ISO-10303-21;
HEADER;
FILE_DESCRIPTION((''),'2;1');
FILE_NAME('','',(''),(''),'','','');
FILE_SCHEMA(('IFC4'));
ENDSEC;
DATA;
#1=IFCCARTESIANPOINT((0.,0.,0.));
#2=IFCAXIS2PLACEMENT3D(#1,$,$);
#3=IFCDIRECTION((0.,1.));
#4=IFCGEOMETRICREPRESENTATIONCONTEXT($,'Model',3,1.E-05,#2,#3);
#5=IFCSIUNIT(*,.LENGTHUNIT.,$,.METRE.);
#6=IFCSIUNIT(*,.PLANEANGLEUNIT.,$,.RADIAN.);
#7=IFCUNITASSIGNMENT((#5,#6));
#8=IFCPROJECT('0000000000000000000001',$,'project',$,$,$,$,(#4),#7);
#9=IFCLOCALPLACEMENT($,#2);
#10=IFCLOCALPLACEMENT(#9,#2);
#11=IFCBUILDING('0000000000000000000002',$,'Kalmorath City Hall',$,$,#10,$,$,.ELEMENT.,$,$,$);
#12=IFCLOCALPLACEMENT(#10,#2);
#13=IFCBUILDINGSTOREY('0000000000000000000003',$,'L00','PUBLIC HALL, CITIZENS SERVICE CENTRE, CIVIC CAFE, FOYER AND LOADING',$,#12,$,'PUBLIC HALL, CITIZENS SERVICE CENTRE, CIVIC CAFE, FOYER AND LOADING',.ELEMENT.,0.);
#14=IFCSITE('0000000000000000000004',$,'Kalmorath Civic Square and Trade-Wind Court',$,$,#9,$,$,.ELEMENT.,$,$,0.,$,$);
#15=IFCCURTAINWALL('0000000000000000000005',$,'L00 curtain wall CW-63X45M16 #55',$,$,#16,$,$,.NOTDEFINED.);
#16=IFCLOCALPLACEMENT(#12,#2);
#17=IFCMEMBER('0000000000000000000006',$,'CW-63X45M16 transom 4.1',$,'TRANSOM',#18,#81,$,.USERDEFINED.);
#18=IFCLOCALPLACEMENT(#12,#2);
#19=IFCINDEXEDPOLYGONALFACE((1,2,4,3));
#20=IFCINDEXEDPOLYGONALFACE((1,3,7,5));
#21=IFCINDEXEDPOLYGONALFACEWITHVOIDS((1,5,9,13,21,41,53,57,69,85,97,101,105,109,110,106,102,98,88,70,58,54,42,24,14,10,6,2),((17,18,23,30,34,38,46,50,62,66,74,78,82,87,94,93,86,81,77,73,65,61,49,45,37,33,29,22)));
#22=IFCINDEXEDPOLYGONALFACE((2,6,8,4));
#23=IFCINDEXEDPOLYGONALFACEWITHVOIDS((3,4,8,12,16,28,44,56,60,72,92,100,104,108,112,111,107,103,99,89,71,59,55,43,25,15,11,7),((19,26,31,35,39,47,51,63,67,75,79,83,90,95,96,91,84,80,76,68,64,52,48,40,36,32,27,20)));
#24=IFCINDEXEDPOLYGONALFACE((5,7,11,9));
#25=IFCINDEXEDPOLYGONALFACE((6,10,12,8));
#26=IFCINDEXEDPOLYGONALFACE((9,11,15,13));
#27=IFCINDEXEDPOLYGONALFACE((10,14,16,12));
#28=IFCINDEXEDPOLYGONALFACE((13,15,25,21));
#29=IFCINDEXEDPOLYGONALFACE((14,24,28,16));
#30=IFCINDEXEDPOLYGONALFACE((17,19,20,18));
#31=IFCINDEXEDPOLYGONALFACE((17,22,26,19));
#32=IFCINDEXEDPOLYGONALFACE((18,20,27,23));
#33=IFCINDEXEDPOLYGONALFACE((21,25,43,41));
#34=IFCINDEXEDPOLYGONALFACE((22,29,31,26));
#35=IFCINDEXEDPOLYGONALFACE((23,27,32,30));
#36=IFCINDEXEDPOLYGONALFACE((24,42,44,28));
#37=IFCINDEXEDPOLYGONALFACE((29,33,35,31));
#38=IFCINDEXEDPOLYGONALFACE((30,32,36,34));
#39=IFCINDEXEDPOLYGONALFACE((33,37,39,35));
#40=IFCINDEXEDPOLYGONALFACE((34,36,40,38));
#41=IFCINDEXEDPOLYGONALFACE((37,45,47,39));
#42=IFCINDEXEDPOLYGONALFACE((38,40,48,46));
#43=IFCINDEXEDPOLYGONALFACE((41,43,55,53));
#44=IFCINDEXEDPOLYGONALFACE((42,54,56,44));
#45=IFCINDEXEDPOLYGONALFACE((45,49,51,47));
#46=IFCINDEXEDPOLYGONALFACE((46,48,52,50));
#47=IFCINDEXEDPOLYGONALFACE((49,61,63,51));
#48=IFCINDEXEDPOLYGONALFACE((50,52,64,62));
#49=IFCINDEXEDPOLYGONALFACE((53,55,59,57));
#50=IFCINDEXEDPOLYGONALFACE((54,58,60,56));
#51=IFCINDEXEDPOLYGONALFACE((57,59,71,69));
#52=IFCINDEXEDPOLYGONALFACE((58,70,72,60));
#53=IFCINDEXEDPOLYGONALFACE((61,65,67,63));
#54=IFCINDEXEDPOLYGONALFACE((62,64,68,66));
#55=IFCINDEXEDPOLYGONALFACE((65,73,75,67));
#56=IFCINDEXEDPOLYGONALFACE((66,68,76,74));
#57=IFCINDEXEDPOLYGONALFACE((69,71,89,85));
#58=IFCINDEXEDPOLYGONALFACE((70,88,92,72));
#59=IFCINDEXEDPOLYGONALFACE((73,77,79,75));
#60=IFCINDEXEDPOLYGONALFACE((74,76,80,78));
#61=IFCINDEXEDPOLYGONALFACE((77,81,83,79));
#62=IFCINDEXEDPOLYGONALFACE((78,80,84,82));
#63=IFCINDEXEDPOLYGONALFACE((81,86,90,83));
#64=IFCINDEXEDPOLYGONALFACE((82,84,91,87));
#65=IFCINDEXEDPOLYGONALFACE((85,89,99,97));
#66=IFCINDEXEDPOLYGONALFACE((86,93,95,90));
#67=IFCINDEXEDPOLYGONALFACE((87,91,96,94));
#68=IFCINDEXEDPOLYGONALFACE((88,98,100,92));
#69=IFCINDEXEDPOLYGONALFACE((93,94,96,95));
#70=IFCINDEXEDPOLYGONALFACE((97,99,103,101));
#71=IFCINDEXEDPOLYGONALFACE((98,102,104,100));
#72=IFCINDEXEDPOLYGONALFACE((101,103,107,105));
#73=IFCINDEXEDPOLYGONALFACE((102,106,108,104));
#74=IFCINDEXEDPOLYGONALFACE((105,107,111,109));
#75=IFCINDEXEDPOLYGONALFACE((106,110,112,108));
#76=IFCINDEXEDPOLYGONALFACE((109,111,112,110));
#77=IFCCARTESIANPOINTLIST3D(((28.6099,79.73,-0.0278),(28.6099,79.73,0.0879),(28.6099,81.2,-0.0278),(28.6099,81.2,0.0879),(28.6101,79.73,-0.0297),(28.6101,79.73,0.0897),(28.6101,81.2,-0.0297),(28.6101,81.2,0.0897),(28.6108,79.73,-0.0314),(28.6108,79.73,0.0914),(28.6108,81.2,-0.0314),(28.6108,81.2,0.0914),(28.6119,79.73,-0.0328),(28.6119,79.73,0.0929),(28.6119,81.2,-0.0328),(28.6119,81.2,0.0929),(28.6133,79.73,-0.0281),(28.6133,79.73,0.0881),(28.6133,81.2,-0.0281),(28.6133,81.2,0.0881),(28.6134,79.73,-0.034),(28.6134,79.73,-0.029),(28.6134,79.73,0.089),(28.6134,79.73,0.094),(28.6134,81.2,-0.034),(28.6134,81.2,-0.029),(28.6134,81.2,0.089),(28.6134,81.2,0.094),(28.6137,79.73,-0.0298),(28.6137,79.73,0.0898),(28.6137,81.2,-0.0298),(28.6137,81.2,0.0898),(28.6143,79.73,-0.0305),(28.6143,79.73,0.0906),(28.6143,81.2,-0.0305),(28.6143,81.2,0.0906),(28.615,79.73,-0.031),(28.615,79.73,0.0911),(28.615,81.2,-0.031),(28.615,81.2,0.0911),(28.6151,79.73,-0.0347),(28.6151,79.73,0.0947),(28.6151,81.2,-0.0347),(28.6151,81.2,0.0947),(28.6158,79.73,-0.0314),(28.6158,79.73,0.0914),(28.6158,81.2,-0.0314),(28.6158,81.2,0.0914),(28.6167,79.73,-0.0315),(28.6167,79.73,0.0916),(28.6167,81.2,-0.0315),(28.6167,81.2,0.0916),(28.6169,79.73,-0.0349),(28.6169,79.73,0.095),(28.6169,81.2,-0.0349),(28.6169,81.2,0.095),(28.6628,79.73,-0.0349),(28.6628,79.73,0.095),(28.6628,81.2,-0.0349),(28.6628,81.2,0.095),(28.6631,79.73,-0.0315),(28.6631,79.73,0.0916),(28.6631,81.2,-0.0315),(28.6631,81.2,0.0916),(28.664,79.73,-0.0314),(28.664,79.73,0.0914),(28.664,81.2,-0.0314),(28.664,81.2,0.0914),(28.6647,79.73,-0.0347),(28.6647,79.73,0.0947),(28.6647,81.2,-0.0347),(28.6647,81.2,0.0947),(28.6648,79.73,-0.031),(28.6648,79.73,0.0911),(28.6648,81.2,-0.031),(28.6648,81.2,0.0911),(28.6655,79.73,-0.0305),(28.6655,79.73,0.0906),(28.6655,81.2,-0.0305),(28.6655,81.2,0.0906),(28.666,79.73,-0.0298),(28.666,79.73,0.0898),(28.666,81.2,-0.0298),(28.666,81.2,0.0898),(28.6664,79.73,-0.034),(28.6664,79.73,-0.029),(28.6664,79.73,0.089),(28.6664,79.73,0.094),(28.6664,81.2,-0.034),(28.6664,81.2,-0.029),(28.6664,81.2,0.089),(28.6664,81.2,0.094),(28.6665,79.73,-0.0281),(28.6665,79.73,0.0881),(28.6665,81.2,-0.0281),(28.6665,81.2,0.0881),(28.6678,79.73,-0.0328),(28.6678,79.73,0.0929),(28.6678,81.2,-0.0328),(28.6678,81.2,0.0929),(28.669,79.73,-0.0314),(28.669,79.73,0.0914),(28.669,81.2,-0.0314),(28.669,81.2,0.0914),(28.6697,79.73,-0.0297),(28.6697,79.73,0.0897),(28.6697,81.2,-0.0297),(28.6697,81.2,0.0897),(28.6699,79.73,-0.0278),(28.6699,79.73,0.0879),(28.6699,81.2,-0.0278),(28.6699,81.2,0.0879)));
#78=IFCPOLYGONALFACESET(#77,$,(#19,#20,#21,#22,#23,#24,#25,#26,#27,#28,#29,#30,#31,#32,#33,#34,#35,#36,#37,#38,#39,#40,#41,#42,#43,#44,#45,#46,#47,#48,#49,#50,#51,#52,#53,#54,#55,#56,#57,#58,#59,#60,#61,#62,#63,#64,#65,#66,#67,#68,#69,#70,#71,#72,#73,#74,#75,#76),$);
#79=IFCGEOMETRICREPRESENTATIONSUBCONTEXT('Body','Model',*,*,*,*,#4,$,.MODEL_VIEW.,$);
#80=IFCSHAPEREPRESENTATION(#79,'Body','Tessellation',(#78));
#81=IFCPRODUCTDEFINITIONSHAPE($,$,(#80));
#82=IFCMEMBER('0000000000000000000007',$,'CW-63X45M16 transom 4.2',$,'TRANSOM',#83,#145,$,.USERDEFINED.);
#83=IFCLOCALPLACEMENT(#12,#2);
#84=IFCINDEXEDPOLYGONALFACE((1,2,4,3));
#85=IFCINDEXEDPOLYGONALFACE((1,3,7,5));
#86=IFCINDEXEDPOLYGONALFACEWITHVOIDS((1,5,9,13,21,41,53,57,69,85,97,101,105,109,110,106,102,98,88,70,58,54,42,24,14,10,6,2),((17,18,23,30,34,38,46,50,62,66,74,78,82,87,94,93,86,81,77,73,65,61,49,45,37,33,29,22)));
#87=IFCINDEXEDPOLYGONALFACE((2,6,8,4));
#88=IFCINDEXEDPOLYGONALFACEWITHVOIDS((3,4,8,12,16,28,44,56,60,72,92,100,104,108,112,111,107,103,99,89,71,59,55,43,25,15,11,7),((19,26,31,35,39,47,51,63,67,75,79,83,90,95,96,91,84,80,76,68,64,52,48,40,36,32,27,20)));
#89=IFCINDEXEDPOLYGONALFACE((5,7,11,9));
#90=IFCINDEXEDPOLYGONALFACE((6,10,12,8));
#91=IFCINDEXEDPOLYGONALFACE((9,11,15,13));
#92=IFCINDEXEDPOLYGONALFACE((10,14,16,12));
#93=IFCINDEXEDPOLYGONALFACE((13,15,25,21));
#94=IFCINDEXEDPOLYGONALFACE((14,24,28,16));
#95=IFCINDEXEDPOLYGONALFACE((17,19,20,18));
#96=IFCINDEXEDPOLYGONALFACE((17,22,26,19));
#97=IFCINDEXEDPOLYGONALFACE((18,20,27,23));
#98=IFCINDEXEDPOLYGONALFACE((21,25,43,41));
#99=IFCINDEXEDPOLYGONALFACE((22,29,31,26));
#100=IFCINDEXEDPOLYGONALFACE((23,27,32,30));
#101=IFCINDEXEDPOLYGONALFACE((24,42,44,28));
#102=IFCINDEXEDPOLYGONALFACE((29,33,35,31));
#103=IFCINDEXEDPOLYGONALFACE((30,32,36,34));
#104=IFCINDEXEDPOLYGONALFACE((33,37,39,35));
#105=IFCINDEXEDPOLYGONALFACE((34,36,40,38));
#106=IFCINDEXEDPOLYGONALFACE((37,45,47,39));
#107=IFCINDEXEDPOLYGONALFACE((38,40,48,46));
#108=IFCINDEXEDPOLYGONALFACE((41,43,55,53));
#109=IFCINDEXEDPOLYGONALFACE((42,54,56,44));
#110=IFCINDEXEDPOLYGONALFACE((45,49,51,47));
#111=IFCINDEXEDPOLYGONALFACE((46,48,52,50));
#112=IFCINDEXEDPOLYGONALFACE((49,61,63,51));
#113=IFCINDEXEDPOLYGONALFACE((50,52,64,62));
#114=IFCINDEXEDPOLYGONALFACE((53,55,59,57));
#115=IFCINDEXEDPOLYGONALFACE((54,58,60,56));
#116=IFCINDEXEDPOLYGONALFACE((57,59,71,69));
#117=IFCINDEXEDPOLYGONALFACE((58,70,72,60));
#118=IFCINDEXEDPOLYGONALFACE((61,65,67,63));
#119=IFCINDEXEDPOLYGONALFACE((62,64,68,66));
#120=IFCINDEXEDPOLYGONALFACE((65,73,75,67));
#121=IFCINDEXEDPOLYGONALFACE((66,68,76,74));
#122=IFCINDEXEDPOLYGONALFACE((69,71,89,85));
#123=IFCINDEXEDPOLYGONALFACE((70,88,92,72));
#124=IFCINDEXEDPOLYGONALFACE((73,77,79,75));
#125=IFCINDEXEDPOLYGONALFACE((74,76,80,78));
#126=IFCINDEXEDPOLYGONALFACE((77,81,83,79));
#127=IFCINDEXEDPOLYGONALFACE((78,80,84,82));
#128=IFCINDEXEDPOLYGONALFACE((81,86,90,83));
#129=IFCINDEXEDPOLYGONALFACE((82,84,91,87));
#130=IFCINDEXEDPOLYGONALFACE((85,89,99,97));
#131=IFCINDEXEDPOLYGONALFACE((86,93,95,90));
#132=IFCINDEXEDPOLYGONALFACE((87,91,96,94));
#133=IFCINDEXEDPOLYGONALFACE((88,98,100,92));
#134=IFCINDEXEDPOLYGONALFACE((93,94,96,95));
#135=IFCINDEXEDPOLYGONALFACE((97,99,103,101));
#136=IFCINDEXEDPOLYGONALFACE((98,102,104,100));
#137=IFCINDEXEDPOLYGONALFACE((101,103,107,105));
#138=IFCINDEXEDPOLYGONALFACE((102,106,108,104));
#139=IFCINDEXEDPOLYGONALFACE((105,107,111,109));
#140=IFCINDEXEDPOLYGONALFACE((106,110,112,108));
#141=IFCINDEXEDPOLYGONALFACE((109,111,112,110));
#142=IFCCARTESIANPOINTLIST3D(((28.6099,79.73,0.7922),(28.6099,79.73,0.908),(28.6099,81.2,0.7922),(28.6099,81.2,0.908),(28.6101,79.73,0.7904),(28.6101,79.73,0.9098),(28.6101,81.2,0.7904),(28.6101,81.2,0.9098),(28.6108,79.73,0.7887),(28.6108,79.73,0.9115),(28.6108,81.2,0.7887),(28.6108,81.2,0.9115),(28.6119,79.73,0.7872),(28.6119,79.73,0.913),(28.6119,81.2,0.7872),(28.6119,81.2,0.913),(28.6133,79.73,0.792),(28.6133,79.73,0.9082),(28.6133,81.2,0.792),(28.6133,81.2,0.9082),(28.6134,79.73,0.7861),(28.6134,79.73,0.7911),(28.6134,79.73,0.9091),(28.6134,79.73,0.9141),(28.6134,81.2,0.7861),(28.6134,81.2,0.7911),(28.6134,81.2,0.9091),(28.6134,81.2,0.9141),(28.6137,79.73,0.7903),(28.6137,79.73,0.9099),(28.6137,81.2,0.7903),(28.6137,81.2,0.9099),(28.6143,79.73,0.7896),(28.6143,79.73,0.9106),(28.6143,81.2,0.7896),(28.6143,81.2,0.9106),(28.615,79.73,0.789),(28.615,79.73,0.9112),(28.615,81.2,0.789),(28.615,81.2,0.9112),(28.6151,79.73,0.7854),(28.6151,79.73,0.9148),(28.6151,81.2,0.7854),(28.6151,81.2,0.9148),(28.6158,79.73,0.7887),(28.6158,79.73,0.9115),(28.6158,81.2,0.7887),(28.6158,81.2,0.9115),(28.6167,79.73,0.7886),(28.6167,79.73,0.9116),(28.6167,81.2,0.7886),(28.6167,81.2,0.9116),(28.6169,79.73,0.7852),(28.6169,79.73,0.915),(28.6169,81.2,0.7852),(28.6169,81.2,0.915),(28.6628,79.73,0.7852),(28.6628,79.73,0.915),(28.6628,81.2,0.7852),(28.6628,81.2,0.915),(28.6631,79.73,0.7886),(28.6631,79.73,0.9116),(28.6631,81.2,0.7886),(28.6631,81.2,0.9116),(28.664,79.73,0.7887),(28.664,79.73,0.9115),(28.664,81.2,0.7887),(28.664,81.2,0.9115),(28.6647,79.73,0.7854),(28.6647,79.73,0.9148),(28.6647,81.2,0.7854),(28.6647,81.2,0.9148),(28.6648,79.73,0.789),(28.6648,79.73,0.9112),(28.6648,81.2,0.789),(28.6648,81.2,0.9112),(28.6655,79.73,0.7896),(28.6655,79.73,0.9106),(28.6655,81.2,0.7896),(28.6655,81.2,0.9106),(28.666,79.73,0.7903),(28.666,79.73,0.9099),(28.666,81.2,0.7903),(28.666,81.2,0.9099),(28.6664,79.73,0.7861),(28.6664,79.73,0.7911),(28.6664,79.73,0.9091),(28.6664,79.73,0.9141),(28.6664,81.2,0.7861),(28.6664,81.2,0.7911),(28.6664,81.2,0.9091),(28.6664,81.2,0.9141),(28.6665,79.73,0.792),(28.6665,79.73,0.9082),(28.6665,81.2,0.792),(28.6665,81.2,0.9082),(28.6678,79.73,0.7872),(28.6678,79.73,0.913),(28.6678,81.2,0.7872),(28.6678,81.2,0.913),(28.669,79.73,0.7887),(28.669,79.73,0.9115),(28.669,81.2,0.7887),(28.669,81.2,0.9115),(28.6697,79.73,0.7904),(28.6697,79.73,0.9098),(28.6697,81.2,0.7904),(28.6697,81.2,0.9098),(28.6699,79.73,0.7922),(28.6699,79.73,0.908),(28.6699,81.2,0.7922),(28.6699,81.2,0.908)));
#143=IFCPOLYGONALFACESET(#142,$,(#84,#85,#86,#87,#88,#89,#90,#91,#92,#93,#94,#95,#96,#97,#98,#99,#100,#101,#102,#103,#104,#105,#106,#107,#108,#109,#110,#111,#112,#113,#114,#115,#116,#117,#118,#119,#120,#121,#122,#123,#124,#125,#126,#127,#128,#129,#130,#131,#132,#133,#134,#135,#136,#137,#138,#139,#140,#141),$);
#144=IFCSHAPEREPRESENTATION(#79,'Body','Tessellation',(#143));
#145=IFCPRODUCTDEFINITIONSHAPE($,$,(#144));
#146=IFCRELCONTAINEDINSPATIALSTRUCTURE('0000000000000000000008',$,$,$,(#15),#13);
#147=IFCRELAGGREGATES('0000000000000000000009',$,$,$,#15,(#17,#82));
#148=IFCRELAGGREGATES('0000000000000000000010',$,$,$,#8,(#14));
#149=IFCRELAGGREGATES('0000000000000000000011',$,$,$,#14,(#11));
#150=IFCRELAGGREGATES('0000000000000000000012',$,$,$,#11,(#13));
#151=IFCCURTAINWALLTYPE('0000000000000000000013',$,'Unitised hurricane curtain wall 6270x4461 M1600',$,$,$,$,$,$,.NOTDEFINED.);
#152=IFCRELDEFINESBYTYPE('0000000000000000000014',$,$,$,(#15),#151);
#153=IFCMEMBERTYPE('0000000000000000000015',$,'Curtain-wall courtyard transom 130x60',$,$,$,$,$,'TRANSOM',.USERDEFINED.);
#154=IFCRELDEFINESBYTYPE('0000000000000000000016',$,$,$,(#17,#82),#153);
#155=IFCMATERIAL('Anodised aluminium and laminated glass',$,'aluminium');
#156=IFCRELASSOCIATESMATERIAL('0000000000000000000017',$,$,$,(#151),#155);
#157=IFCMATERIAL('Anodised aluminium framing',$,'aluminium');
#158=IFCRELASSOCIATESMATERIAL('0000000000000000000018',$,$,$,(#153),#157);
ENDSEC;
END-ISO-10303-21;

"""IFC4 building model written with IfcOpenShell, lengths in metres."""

from ifc_helpers import new_model, si_unit, direction, frame, origin, origin_2d, place, context, subcontext, project, spatial, hollow_rectangle, extrude, material, material_profile, profile_set, type_object, element, aggregate, save


model = new_model("IFC4")

# Units and contexts
model_context = context("Model", 3, precision=1e-05, world=origin(), true_north=direction((0.0, 1.0)))
body_context = subcontext(model_context, "Body", "Model", "MODEL_VIEW")
ifc_project = project(units=[si_unit("LENGTHUNIT", "METRE"), si_unit("PLANEANGLEUNIT", "RADIAN")], contexts=[model_context])

# Site, building, storey
site_placement = place(None, origin())
site = spatial("IfcSite", under=ifc_project, at=site_placement, Name="Kalmorath Civic Square and Trade-Wind Court", CompositionType="ELEMENT", RefElevation=0.0)
building_placement = place(site_placement, origin())
building = spatial("IfcBuilding", under=site, at=building_placement, Name="Kalmorath City Hall", CompositionType="ELEMENT")
storey_placement = place(building_placement, origin())
storey = spatial("IfcBuildingStorey", under=building, at=storey_placement, Name="L00", Description="PUBLIC HALL, CITIZENS SERVICE CENTRE, CIVIC CAFE, FOYER AND LOADING", LongName="PUBLIC HALL, CITIZENS SERVICE CENTRE, CIVIC CAFE, FOYER AND LOADING", CompositionType="ELEMENT", Elevation=0.0)

# Curtain wall, members
ifc_material_1 = material(Name="Anodised aluminium and laminated glass", Category="aluminium")
curtain_wall_type = type_object("IfcCurtainWallType", Name="Unitised hurricane curtain wall 6270x4461 M1600", PredefinedType="NOTDEFINED", material=ifc_material_1)
curtain_wall_placement = place(storey_placement, origin())
curtain_wall = element("IfcCurtainWall", 1, at=curtain_wall_placement, inside=storey, type_object=curtain_wall_type, Name="L00 curtain wall CW-63X45M16 #55", PredefinedType="NOTDEFINED")
ifc_material_2 = material(Name="Anodised aluminium framing", Category="aluminium")
ifc_material_profile_1 = material_profile(ifc_material_2, hollow_rectangle(XDim=0.0601, YDim=0.1299, WallThickness=0.0034, InnerFilletRadius=0.0034, OuterFilletRadius=0.0071, at=origin_2d()), Name="ALU-TRN-130X60X3.5")
ifc_profile_set_1 = profile_set([ifc_material_profile_1], Name="Anodised aluminium framing")
member_type_1 = type_object("IfcMemberType", Name="Curtain-wall courtyard transom 130x60", ElementType="TRANSOM", PredefinedType="USERDEFINED", material=ifc_profile_set_1)
member_1_placement = place(storey_placement, frame((28.6399, 81.2, 0.03), z_axis=(0.0, -1.0, 0.0), x_axis=(1.0, 0.0, 0.0)))
member_1 = element("IfcMember", 2, at=member_1_placement, type_object=member_type_1, Name="CW-63X45M16 transom 4.1", ObjectType="TRANSOM", PredefinedType="USERDEFINED", context=body_context, shape_type="SweptSolid", body=[
    extrude(hollow_rectangle(XDim=0.0601, YDim=0.1299, WallThickness=0.0034, InnerFilletRadius=0.0034, OuterFilletRadius=0.0071, at=origin_2d()), origin(), (0.0, 0.0, 1.0), 1.47),
])
member_2_placement = place(storey_placement, frame((28.6399, 81.2, 0.8501), z_axis=(0.0, -1.0, 0.0), x_axis=(1.0, 0.0, 0.0)))
member_2 = element("IfcMember", 3, at=member_2_placement, type_object=member_type_1, Name="CW-63X45M16 transom 4.2", ObjectType="TRANSOM", PredefinedType="USERDEFINED", context=body_context, shape_type="SweptSolid", body=[
    extrude(hollow_rectangle(XDim=0.0601, YDim=0.1299, WallThickness=0.0034, InnerFilletRadius=0.0034, OuterFilletRadius=0.0071, at=origin_2d()), origin(), (0.0, 0.0, 1.0), 1.47),
])

aggregate(curtain_wall, [member_1, member_2])

save(model, "model.ifc")
